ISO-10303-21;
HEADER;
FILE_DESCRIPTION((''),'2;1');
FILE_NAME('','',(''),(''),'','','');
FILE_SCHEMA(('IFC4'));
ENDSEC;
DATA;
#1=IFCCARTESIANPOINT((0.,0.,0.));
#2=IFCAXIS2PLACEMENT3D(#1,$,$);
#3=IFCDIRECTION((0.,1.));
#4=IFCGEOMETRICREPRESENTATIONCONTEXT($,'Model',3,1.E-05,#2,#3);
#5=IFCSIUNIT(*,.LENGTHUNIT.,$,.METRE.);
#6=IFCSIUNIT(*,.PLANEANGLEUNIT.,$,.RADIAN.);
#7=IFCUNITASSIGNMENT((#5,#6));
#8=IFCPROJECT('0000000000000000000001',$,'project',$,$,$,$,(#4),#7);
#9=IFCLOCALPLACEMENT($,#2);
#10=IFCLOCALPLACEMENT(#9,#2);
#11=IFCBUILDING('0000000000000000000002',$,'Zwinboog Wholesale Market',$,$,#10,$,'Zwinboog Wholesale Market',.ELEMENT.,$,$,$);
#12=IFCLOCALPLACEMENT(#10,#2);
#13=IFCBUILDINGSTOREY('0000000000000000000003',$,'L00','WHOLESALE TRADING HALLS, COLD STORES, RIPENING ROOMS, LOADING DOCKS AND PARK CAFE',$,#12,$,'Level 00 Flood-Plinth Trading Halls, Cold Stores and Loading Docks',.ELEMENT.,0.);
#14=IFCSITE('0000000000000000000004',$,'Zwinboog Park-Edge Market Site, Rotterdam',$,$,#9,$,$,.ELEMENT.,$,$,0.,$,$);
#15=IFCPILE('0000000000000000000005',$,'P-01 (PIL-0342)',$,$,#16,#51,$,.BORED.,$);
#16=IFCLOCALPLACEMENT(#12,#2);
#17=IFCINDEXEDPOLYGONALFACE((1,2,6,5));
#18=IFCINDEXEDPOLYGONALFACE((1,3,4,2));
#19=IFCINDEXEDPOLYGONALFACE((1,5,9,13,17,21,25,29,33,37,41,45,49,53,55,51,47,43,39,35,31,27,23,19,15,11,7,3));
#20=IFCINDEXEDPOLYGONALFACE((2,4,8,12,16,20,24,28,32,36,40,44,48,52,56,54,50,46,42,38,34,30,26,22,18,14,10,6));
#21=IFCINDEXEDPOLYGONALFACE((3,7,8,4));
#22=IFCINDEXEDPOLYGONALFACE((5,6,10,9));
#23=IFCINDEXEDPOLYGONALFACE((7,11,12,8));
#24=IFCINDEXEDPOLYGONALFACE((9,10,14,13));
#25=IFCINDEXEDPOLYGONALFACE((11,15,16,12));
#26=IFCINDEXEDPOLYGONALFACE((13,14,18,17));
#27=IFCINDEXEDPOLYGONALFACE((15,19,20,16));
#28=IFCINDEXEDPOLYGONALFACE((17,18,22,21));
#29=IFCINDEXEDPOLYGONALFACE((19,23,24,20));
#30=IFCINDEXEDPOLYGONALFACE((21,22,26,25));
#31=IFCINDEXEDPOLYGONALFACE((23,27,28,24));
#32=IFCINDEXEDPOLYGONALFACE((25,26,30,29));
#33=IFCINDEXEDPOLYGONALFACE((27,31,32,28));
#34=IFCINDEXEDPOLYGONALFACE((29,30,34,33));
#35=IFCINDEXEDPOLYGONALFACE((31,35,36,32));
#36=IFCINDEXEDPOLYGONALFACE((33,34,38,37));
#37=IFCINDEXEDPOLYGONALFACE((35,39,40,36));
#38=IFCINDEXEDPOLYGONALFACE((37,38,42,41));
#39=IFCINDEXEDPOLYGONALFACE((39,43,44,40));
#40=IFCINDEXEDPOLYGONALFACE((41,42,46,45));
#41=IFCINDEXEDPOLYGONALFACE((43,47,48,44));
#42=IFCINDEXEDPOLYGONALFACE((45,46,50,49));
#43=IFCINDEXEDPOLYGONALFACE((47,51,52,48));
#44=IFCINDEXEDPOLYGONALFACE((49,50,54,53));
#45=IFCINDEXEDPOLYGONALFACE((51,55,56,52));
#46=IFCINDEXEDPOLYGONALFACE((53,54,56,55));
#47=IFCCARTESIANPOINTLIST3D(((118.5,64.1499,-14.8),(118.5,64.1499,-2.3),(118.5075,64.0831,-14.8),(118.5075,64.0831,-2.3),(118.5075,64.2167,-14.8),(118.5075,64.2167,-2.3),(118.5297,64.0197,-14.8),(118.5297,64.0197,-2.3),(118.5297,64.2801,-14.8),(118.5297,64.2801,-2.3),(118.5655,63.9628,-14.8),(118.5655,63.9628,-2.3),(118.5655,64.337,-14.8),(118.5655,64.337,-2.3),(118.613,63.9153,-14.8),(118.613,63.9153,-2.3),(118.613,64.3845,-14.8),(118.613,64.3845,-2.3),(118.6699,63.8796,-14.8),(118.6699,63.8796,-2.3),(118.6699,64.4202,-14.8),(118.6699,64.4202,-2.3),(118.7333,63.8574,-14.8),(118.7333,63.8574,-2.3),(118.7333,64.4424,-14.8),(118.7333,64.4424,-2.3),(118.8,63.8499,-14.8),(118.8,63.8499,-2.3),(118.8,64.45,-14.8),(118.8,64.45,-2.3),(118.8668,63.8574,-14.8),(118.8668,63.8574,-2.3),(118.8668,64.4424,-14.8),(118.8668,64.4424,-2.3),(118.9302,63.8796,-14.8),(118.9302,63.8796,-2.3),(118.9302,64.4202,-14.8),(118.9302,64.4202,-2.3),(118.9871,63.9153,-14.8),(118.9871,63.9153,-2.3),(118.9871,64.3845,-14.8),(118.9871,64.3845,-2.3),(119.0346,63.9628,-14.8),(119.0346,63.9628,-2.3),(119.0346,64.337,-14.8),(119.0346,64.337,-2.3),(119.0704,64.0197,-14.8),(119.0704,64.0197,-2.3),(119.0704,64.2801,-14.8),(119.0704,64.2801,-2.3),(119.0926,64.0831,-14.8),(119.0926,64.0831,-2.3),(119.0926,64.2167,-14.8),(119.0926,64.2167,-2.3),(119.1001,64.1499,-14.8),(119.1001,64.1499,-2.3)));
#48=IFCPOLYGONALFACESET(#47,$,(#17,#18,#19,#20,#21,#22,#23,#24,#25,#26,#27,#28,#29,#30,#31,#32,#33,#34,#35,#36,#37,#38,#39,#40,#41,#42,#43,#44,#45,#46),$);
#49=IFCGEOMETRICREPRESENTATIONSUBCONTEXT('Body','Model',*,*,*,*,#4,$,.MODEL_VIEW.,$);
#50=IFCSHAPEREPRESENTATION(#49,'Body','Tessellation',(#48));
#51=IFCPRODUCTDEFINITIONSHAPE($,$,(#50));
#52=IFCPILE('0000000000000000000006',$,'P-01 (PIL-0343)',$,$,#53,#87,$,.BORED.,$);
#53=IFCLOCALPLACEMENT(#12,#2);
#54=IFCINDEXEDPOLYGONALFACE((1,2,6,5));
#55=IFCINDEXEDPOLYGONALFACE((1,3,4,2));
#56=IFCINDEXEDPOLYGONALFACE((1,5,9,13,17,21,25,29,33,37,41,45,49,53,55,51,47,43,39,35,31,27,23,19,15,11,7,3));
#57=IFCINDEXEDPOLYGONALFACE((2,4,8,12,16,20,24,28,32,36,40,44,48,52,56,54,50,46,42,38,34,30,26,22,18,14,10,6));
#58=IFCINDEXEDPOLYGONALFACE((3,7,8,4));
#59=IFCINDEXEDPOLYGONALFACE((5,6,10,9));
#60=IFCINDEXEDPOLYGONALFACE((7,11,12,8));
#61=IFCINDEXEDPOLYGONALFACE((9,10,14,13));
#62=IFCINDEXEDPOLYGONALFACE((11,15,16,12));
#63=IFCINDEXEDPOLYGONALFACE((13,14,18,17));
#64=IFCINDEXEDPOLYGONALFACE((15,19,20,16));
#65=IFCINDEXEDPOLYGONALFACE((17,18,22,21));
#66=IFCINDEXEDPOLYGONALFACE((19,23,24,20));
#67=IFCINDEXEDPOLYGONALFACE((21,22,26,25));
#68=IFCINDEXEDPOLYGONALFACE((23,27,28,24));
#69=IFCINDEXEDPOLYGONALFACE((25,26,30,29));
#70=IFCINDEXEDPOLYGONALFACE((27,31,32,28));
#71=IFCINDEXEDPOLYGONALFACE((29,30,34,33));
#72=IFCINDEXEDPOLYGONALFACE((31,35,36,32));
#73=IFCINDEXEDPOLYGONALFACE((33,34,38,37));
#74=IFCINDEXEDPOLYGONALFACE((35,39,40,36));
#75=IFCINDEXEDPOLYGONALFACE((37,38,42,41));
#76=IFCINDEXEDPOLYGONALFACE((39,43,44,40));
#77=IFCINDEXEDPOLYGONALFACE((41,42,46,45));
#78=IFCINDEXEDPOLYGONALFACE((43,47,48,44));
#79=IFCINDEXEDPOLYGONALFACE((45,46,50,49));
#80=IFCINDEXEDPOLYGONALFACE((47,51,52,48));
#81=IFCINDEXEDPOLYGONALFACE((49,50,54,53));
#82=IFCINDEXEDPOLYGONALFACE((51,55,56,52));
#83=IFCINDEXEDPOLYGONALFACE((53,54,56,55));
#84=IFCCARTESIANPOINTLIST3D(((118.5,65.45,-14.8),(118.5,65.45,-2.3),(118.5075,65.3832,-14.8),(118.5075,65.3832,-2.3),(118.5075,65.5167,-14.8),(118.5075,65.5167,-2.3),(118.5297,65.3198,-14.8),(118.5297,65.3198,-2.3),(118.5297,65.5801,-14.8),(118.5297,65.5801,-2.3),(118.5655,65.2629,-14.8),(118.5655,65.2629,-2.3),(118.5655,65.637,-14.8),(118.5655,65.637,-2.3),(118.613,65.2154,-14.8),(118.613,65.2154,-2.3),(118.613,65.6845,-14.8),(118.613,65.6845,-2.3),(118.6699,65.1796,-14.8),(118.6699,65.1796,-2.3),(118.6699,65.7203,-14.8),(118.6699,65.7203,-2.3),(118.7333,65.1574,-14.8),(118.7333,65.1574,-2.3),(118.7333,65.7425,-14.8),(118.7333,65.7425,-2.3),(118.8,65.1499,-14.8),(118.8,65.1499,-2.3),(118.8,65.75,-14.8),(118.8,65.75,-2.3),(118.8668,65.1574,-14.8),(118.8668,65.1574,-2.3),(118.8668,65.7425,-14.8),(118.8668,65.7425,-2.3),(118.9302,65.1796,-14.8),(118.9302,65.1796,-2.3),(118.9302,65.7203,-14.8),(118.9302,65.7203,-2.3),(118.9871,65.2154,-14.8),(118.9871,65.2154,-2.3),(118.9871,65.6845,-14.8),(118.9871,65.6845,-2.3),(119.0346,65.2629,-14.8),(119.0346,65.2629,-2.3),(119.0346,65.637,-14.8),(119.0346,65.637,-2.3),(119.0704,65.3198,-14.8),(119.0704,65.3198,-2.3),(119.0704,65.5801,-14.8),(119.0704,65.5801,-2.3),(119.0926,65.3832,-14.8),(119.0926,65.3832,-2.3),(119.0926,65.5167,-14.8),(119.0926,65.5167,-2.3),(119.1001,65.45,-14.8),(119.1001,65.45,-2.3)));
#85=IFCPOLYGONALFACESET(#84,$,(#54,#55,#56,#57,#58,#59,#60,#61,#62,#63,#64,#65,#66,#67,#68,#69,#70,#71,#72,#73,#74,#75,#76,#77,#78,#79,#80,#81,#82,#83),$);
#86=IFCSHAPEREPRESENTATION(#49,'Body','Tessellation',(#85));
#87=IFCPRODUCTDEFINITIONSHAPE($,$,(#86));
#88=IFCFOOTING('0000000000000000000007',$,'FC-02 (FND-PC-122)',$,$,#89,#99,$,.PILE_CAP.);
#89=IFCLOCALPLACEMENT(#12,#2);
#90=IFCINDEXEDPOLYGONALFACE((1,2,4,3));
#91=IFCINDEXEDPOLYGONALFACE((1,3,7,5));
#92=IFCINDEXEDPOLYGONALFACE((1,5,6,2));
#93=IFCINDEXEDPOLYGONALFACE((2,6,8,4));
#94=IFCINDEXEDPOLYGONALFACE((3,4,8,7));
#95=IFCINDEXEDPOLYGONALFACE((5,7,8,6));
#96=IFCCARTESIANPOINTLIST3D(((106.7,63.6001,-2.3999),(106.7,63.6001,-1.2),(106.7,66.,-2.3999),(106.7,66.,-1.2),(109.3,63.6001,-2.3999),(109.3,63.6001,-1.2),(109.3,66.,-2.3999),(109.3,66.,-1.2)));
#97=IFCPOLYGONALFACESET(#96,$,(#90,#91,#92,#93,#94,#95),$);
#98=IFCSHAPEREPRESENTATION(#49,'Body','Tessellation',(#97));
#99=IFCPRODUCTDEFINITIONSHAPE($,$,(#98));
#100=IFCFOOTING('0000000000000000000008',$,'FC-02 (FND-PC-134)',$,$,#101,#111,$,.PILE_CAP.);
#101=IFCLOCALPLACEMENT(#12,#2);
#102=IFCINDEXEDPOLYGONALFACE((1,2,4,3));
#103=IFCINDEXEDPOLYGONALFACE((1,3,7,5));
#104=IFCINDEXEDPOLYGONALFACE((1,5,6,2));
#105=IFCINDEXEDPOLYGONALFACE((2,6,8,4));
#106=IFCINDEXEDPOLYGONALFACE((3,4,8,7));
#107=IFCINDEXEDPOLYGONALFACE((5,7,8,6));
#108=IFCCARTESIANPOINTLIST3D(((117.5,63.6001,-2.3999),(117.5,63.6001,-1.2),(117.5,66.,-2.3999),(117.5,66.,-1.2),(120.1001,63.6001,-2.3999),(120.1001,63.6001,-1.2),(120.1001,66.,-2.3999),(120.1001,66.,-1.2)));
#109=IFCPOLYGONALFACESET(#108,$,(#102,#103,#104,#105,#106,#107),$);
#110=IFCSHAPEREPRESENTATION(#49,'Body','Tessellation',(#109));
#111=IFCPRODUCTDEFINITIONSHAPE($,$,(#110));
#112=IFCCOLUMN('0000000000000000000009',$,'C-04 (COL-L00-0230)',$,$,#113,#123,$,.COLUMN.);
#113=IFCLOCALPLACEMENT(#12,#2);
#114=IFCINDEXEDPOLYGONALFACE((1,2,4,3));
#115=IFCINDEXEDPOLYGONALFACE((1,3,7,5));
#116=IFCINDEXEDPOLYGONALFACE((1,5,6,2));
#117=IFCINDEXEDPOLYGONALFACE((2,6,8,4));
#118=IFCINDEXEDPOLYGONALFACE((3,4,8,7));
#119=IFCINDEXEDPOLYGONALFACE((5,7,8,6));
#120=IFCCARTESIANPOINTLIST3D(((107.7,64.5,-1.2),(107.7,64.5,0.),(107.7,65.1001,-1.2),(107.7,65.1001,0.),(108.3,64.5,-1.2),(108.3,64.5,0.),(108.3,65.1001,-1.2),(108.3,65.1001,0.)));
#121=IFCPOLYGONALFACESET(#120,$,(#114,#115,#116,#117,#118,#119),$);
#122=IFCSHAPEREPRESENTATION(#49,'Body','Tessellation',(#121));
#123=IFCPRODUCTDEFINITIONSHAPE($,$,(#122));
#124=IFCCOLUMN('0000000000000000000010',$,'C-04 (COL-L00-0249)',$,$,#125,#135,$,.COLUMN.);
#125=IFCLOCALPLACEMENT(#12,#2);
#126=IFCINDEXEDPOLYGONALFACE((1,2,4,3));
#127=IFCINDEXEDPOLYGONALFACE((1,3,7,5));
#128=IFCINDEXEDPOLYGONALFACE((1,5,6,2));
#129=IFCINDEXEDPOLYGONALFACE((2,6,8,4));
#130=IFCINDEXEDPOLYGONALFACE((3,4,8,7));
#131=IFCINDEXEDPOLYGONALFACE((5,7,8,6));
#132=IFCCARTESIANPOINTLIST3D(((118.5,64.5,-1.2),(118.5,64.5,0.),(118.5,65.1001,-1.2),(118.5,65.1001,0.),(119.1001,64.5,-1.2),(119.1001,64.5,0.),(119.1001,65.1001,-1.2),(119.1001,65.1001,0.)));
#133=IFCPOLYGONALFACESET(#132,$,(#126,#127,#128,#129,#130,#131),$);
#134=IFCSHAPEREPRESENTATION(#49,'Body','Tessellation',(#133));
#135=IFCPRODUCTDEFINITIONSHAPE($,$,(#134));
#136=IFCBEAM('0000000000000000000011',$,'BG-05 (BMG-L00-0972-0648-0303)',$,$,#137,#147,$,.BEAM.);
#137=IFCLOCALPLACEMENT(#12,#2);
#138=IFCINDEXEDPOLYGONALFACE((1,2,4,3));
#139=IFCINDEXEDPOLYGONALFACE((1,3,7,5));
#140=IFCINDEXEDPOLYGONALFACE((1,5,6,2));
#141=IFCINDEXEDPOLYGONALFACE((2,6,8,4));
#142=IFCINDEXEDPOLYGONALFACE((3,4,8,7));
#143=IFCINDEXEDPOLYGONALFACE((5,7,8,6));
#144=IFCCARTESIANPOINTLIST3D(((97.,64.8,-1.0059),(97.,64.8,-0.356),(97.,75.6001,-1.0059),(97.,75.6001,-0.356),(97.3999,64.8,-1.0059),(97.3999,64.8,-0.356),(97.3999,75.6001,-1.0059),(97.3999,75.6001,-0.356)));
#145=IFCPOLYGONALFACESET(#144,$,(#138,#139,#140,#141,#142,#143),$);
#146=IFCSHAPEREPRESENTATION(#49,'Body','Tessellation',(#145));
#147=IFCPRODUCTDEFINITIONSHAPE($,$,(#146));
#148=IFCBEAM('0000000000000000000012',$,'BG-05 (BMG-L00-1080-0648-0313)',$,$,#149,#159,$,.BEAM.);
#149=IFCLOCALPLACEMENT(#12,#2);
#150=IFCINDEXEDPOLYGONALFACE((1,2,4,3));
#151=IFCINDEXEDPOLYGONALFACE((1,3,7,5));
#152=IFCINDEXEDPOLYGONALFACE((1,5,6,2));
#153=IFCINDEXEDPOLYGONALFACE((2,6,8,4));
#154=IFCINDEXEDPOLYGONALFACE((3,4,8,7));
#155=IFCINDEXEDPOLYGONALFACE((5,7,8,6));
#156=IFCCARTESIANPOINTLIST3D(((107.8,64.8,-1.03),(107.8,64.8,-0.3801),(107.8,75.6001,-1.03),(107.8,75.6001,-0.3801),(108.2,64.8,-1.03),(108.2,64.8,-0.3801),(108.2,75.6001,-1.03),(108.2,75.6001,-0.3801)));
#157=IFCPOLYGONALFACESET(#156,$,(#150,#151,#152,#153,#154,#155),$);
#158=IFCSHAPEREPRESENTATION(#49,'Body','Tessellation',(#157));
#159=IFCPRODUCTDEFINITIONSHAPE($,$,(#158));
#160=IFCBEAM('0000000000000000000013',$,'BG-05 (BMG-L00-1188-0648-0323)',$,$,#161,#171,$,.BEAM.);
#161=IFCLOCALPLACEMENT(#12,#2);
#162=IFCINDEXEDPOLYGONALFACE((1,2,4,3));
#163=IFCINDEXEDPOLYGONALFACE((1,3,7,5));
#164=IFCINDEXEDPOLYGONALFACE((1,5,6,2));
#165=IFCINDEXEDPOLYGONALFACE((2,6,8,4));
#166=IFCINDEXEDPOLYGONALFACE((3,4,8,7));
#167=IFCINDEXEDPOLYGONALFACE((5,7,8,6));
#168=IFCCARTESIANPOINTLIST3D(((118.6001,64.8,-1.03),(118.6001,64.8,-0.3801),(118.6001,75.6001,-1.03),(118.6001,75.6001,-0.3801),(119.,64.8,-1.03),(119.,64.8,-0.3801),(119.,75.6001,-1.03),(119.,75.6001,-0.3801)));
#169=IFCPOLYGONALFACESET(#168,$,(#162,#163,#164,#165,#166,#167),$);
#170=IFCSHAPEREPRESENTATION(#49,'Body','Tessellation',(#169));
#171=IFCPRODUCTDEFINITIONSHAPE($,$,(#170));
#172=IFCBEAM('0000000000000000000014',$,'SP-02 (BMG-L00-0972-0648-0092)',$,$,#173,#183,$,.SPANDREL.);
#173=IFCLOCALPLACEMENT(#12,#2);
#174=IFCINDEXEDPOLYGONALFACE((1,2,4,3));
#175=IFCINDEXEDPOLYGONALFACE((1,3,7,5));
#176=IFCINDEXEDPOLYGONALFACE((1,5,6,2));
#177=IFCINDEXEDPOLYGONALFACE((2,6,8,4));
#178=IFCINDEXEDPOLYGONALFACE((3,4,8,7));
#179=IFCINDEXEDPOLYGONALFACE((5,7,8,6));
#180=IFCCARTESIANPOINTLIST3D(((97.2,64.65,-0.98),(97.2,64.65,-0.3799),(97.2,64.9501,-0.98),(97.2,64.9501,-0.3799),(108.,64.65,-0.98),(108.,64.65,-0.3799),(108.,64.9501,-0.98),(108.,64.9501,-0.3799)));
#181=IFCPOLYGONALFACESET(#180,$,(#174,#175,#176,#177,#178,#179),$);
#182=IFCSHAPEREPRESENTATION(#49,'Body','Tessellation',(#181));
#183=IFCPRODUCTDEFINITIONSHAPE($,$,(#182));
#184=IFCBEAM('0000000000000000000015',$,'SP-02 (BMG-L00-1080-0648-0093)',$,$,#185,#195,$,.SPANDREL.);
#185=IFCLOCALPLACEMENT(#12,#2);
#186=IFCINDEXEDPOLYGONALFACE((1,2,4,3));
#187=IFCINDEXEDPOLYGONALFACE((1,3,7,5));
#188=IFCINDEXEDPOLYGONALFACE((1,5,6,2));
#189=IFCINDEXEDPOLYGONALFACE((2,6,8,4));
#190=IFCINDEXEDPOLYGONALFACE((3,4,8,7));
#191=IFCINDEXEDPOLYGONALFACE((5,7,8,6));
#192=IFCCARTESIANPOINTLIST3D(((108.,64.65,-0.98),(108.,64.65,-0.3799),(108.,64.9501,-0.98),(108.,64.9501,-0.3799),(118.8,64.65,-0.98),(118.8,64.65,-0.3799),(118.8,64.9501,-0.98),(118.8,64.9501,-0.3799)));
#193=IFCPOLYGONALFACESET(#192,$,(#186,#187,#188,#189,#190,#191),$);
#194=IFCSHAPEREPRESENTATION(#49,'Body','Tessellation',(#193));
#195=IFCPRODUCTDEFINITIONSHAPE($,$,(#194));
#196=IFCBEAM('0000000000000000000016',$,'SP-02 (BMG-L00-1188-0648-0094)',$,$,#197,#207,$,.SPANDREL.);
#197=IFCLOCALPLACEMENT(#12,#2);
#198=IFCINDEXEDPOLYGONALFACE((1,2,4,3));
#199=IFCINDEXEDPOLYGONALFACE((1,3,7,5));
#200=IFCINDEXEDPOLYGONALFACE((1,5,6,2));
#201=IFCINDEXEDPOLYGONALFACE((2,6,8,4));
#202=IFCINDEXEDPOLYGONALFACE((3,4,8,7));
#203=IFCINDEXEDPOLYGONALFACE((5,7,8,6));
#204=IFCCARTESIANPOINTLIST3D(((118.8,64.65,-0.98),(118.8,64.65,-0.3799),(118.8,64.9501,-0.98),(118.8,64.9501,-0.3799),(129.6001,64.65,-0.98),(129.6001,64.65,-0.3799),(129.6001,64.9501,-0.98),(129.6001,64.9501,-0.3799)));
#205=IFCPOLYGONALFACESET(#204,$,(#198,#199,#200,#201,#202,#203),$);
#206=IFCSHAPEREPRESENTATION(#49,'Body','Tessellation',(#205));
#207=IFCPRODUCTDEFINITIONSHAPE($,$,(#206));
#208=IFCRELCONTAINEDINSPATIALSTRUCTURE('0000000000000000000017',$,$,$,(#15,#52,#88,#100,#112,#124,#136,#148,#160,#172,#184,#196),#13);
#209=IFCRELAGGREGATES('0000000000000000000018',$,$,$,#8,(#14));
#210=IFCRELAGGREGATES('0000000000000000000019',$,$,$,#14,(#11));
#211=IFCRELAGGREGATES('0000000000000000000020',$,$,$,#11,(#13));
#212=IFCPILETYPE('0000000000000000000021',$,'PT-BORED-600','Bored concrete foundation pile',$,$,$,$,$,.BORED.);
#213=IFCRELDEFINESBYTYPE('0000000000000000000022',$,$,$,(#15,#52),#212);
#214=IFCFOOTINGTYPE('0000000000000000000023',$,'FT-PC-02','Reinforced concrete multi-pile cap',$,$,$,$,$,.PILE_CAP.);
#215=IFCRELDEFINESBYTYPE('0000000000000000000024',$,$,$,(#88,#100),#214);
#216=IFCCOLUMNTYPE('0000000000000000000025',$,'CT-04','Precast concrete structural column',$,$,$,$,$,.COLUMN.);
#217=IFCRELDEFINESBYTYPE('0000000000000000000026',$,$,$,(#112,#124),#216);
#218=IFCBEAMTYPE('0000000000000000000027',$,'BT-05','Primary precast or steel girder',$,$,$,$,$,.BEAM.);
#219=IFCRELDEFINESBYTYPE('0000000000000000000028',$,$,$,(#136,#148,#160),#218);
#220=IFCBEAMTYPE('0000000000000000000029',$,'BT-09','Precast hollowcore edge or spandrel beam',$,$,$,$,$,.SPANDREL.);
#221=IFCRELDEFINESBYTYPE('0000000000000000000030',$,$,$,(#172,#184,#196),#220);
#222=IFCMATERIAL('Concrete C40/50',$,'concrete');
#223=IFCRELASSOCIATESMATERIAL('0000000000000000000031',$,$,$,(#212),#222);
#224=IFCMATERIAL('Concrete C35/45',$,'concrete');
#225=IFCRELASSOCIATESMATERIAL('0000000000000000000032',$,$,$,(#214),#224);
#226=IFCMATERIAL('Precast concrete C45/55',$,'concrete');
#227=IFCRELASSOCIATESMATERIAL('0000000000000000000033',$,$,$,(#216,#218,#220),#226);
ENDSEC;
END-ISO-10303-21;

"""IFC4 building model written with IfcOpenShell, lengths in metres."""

from ifc_helpers import new_model, si_unit, direction, frame, origin, origin_2d, place, context, subcontext, project, spatial, rectangle, circle, extrude, material, material_profile, profile_set, type_object, element, save


model = new_model("IFC4")

# Units and contexts
model_context = context("Model", 3, precision=1e-05, world=origin(), true_north=direction((0.0, 1.0)))
body_context = subcontext(model_context, "Body", "Model", "MODEL_VIEW")
ifc_project = project(units=[si_unit("LENGTHUNIT", "METRE"), si_unit("PLANEANGLEUNIT", "RADIAN")], contexts=[model_context])

# Site, building, storey
site_placement = place(None, origin())
site = spatial("IfcSite", under=ifc_project, at=site_placement, Name="Zwinboog Park-Edge Market Site, Rotterdam", CompositionType="ELEMENT", RefElevation=0.0)
building_placement = place(site_placement, origin())
building = spatial("IfcBuilding", under=site, at=building_placement, Name="Zwinboog Wholesale Market", LongName="Zwinboog Wholesale Market", CompositionType="ELEMENT")
storey_placement = place(building_placement, origin())
storey = spatial("IfcBuildingStorey", under=building, at=storey_placement, Name="L00", Description="WHOLESALE TRADING HALLS, COLD STORES, RIPENING ROOMS, LOADING DOCKS AND PARK CAFE", LongName="Level 00 Flood-Plinth Trading Halls, Cold Stores and Loading Docks", CompositionType="ELEMENT", Elevation=0.0)

# Piles
ifc_material_1 = material(Name="Concrete C40/50", Category="concrete")
ifc_material_profile_1 = material_profile(ifc_material_1, circle(Radius=0.3, at=origin_2d()), Name="PILE D600")
ifc_profile_set_1 = profile_set([ifc_material_profile_1], Name="Concrete C40/50")
pile_type = type_object("IfcPileType", Name="PT-BORED-600", Description="Bored concrete foundation pile", PredefinedType="BORED", material=ifc_profile_set_1)
for number, where, z_axis, x_axis, name in (
    (1, (118.8, 64.1499, -2.3), (0.0, 0.0, -1.0), (1.0, 0.0, 0.0), "P-01 (PIL-0342)"),
    (2, (118.8, 65.45, -2.3), (0.0, 0.0, -1.0), (1.0, 0.0, 0.0), "P-01 (PIL-0343)"),
):
    element("IfcPile", number, at=place(storey_placement, frame(where, z_axis=z_axis, x_axis=x_axis)), inside=storey, type_object=pile_type, Name=name, PredefinedType="BORED", context=body_context, shape_type="SweptSolid", body=[
        extrude(circle(Radius=0.3, at=origin_2d()), origin(), (0.0, 0.0, 1.0), 12.5),
    ])

# Footings
ifc_material_2 = material(Name="Concrete C35/45", Category="concrete")
footing_type = type_object("IfcFootingType", Name="FT-PC-02", Description="Reinforced concrete multi-pile cap", PredefinedType="PILE_CAP", material=ifc_material_2)
for number, where, z_axis, x_axis, name in (
    (3, (108.0, 64.8, -2.3999), (0.0, 0.0, 1.0), (1.0, 0.0, 0.0), "FC-02 (FND-PC-122)"),
    (4, (118.8, 64.8, -2.3999), (0.0, 0.0, 1.0), (1.0, 0.0, 0.0), "FC-02 (FND-PC-134)"),
):
    element("IfcFooting", number, at=place(storey_placement, frame(where, z_axis=z_axis, x_axis=x_axis)), inside=storey, type_object=footing_type, Name=name, PredefinedType="PILE_CAP", context=body_context, shape_type="SweptSolid", body=[
        extrude(rectangle(XDim=2.6001, YDim=2.3999, at=origin_2d()), origin(), (0.0, 0.0, 1.0), 1.2),
    ])

# Columns
ifc_material_3 = material(Name="Precast concrete C45/55", Category="concrete")
ifc_material_profile_2 = material_profile(ifc_material_3, rectangle(XDim=0.6001, YDim=0.6001, at=origin_2d()), Name="PC 600x600")
ifc_profile_set_2 = profile_set([ifc_material_profile_2], Name="Precast concrete C45/55")
column_type = type_object("IfcColumnType", Name="CT-04", Description="Precast concrete structural column", PredefinedType="COLUMN", material=ifc_profile_set_2)
for number, where, z_axis, x_axis, name in (
    (5, (108.0, 64.8, -1.2), (0.0, 0.0, 1.0), (1.0, 0.0, 0.0), "C-04 (COL-L00-0230)"),
    (6, (118.8, 64.8, -1.2), (0.0, 0.0, 1.0), (1.0, 0.0, 0.0), "C-04 (COL-L00-0249)"),
):
    element("IfcColumn", number, at=place(storey_placement, frame(where, z_axis=z_axis, x_axis=x_axis)), inside=storey, type_object=column_type, Name=name, PredefinedType="COLUMN", context=body_context, shape_type="SweptSolid", body=[
        extrude(rectangle(XDim=0.6001, YDim=0.6001, at=origin_2d()), origin(), (0.0, 0.0, 1.0), 1.2),
    ])

# Beams
ifc_material_profile_3 = material_profile(ifc_material_3, rectangle(XDim=0.3999, YDim=0.6499, at=origin_2d()), Name="PC 400x650")
ifc_profile_set_3 = profile_set([ifc_material_profile_3], Name="Precast concrete C45/55")
beam_type_1 = type_object("IfcBeamType", Name="BT-05", Description="Primary precast or steel girder", PredefinedType="BEAM", material=ifc_profile_set_3)
for number, where, z_axis, x_axis, name in (
    (7, (97.2, 64.8, -0.6809), (0.0, 1.0, 0.0), (-1.0, 0.0, 0.0), "BG-05 (BMG-L00-0972-0648-0303)"),
    (8, (108.0, 64.8, -0.7051), (0.0, 1.0, 0.0), (-1.0, 0.0, 0.0), "BG-05 (BMG-L00-1080-0648-0313)"),
    (9, (118.8, 64.8, -0.7051), (0.0, 1.0, 0.0), (-1.0, 0.0, 0.0), "BG-05 (BMG-L00-1188-0648-0323)"),
):
    element("IfcBeam", number, at=place(storey_placement, frame(where, z_axis=z_axis, x_axis=x_axis)), inside=storey, type_object=beam_type_1, Name=name, PredefinedType="BEAM", context=body_context, shape_type="SweptSolid", body=[
        extrude(rectangle(XDim=0.3999, YDim=0.6499, at=origin_2d()), origin(), (0.0, 0.0, 1.0), 10.8),
    ])
ifc_material_profile_4 = material_profile(ifc_material_3, rectangle(XDim=0.3, YDim=0.6001, at=origin_2d()), Name="PC 300x600")
ifc_profile_set_4 = profile_set([ifc_material_profile_4], Name="Precast concrete C45/55")
beam_type_2 = type_object("IfcBeamType", Name="BT-09", Description="Precast hollowcore edge or spandrel beam", PredefinedType="SPANDREL", material=ifc_profile_set_4)
for number, where, z_axis, x_axis, name in (
    (10, (97.2, 64.8, -0.6799), (1.0, 0.0, 0.0), (0.0, 1.0, 0.0), "SP-02 (BMG-L00-0972-0648-0092)"),
    (11, (108.0, 64.8, -0.6799), (1.0, 0.0, 0.0), (0.0, 1.0, 0.0), "SP-02 (BMG-L00-1080-0648-0093)"),
    (12, (118.8, 64.8, -0.6799), (1.0, 0.0, 0.0), (0.0, 1.0, 0.0), "SP-02 (BMG-L00-1188-0648-0094)"),
):
    element("IfcBeam", number, at=place(storey_placement, frame(where, z_axis=z_axis, x_axis=x_axis)), inside=storey, type_object=beam_type_2, Name=name, PredefinedType="SPANDREL", context=body_context, shape_type="SweptSolid", body=[
        extrude(rectangle(XDim=0.3, YDim=0.6001, at=origin_2d()), origin(), (0.0, 0.0, 1.0), 10.8),
    ])

save(model, "model.ifc")
